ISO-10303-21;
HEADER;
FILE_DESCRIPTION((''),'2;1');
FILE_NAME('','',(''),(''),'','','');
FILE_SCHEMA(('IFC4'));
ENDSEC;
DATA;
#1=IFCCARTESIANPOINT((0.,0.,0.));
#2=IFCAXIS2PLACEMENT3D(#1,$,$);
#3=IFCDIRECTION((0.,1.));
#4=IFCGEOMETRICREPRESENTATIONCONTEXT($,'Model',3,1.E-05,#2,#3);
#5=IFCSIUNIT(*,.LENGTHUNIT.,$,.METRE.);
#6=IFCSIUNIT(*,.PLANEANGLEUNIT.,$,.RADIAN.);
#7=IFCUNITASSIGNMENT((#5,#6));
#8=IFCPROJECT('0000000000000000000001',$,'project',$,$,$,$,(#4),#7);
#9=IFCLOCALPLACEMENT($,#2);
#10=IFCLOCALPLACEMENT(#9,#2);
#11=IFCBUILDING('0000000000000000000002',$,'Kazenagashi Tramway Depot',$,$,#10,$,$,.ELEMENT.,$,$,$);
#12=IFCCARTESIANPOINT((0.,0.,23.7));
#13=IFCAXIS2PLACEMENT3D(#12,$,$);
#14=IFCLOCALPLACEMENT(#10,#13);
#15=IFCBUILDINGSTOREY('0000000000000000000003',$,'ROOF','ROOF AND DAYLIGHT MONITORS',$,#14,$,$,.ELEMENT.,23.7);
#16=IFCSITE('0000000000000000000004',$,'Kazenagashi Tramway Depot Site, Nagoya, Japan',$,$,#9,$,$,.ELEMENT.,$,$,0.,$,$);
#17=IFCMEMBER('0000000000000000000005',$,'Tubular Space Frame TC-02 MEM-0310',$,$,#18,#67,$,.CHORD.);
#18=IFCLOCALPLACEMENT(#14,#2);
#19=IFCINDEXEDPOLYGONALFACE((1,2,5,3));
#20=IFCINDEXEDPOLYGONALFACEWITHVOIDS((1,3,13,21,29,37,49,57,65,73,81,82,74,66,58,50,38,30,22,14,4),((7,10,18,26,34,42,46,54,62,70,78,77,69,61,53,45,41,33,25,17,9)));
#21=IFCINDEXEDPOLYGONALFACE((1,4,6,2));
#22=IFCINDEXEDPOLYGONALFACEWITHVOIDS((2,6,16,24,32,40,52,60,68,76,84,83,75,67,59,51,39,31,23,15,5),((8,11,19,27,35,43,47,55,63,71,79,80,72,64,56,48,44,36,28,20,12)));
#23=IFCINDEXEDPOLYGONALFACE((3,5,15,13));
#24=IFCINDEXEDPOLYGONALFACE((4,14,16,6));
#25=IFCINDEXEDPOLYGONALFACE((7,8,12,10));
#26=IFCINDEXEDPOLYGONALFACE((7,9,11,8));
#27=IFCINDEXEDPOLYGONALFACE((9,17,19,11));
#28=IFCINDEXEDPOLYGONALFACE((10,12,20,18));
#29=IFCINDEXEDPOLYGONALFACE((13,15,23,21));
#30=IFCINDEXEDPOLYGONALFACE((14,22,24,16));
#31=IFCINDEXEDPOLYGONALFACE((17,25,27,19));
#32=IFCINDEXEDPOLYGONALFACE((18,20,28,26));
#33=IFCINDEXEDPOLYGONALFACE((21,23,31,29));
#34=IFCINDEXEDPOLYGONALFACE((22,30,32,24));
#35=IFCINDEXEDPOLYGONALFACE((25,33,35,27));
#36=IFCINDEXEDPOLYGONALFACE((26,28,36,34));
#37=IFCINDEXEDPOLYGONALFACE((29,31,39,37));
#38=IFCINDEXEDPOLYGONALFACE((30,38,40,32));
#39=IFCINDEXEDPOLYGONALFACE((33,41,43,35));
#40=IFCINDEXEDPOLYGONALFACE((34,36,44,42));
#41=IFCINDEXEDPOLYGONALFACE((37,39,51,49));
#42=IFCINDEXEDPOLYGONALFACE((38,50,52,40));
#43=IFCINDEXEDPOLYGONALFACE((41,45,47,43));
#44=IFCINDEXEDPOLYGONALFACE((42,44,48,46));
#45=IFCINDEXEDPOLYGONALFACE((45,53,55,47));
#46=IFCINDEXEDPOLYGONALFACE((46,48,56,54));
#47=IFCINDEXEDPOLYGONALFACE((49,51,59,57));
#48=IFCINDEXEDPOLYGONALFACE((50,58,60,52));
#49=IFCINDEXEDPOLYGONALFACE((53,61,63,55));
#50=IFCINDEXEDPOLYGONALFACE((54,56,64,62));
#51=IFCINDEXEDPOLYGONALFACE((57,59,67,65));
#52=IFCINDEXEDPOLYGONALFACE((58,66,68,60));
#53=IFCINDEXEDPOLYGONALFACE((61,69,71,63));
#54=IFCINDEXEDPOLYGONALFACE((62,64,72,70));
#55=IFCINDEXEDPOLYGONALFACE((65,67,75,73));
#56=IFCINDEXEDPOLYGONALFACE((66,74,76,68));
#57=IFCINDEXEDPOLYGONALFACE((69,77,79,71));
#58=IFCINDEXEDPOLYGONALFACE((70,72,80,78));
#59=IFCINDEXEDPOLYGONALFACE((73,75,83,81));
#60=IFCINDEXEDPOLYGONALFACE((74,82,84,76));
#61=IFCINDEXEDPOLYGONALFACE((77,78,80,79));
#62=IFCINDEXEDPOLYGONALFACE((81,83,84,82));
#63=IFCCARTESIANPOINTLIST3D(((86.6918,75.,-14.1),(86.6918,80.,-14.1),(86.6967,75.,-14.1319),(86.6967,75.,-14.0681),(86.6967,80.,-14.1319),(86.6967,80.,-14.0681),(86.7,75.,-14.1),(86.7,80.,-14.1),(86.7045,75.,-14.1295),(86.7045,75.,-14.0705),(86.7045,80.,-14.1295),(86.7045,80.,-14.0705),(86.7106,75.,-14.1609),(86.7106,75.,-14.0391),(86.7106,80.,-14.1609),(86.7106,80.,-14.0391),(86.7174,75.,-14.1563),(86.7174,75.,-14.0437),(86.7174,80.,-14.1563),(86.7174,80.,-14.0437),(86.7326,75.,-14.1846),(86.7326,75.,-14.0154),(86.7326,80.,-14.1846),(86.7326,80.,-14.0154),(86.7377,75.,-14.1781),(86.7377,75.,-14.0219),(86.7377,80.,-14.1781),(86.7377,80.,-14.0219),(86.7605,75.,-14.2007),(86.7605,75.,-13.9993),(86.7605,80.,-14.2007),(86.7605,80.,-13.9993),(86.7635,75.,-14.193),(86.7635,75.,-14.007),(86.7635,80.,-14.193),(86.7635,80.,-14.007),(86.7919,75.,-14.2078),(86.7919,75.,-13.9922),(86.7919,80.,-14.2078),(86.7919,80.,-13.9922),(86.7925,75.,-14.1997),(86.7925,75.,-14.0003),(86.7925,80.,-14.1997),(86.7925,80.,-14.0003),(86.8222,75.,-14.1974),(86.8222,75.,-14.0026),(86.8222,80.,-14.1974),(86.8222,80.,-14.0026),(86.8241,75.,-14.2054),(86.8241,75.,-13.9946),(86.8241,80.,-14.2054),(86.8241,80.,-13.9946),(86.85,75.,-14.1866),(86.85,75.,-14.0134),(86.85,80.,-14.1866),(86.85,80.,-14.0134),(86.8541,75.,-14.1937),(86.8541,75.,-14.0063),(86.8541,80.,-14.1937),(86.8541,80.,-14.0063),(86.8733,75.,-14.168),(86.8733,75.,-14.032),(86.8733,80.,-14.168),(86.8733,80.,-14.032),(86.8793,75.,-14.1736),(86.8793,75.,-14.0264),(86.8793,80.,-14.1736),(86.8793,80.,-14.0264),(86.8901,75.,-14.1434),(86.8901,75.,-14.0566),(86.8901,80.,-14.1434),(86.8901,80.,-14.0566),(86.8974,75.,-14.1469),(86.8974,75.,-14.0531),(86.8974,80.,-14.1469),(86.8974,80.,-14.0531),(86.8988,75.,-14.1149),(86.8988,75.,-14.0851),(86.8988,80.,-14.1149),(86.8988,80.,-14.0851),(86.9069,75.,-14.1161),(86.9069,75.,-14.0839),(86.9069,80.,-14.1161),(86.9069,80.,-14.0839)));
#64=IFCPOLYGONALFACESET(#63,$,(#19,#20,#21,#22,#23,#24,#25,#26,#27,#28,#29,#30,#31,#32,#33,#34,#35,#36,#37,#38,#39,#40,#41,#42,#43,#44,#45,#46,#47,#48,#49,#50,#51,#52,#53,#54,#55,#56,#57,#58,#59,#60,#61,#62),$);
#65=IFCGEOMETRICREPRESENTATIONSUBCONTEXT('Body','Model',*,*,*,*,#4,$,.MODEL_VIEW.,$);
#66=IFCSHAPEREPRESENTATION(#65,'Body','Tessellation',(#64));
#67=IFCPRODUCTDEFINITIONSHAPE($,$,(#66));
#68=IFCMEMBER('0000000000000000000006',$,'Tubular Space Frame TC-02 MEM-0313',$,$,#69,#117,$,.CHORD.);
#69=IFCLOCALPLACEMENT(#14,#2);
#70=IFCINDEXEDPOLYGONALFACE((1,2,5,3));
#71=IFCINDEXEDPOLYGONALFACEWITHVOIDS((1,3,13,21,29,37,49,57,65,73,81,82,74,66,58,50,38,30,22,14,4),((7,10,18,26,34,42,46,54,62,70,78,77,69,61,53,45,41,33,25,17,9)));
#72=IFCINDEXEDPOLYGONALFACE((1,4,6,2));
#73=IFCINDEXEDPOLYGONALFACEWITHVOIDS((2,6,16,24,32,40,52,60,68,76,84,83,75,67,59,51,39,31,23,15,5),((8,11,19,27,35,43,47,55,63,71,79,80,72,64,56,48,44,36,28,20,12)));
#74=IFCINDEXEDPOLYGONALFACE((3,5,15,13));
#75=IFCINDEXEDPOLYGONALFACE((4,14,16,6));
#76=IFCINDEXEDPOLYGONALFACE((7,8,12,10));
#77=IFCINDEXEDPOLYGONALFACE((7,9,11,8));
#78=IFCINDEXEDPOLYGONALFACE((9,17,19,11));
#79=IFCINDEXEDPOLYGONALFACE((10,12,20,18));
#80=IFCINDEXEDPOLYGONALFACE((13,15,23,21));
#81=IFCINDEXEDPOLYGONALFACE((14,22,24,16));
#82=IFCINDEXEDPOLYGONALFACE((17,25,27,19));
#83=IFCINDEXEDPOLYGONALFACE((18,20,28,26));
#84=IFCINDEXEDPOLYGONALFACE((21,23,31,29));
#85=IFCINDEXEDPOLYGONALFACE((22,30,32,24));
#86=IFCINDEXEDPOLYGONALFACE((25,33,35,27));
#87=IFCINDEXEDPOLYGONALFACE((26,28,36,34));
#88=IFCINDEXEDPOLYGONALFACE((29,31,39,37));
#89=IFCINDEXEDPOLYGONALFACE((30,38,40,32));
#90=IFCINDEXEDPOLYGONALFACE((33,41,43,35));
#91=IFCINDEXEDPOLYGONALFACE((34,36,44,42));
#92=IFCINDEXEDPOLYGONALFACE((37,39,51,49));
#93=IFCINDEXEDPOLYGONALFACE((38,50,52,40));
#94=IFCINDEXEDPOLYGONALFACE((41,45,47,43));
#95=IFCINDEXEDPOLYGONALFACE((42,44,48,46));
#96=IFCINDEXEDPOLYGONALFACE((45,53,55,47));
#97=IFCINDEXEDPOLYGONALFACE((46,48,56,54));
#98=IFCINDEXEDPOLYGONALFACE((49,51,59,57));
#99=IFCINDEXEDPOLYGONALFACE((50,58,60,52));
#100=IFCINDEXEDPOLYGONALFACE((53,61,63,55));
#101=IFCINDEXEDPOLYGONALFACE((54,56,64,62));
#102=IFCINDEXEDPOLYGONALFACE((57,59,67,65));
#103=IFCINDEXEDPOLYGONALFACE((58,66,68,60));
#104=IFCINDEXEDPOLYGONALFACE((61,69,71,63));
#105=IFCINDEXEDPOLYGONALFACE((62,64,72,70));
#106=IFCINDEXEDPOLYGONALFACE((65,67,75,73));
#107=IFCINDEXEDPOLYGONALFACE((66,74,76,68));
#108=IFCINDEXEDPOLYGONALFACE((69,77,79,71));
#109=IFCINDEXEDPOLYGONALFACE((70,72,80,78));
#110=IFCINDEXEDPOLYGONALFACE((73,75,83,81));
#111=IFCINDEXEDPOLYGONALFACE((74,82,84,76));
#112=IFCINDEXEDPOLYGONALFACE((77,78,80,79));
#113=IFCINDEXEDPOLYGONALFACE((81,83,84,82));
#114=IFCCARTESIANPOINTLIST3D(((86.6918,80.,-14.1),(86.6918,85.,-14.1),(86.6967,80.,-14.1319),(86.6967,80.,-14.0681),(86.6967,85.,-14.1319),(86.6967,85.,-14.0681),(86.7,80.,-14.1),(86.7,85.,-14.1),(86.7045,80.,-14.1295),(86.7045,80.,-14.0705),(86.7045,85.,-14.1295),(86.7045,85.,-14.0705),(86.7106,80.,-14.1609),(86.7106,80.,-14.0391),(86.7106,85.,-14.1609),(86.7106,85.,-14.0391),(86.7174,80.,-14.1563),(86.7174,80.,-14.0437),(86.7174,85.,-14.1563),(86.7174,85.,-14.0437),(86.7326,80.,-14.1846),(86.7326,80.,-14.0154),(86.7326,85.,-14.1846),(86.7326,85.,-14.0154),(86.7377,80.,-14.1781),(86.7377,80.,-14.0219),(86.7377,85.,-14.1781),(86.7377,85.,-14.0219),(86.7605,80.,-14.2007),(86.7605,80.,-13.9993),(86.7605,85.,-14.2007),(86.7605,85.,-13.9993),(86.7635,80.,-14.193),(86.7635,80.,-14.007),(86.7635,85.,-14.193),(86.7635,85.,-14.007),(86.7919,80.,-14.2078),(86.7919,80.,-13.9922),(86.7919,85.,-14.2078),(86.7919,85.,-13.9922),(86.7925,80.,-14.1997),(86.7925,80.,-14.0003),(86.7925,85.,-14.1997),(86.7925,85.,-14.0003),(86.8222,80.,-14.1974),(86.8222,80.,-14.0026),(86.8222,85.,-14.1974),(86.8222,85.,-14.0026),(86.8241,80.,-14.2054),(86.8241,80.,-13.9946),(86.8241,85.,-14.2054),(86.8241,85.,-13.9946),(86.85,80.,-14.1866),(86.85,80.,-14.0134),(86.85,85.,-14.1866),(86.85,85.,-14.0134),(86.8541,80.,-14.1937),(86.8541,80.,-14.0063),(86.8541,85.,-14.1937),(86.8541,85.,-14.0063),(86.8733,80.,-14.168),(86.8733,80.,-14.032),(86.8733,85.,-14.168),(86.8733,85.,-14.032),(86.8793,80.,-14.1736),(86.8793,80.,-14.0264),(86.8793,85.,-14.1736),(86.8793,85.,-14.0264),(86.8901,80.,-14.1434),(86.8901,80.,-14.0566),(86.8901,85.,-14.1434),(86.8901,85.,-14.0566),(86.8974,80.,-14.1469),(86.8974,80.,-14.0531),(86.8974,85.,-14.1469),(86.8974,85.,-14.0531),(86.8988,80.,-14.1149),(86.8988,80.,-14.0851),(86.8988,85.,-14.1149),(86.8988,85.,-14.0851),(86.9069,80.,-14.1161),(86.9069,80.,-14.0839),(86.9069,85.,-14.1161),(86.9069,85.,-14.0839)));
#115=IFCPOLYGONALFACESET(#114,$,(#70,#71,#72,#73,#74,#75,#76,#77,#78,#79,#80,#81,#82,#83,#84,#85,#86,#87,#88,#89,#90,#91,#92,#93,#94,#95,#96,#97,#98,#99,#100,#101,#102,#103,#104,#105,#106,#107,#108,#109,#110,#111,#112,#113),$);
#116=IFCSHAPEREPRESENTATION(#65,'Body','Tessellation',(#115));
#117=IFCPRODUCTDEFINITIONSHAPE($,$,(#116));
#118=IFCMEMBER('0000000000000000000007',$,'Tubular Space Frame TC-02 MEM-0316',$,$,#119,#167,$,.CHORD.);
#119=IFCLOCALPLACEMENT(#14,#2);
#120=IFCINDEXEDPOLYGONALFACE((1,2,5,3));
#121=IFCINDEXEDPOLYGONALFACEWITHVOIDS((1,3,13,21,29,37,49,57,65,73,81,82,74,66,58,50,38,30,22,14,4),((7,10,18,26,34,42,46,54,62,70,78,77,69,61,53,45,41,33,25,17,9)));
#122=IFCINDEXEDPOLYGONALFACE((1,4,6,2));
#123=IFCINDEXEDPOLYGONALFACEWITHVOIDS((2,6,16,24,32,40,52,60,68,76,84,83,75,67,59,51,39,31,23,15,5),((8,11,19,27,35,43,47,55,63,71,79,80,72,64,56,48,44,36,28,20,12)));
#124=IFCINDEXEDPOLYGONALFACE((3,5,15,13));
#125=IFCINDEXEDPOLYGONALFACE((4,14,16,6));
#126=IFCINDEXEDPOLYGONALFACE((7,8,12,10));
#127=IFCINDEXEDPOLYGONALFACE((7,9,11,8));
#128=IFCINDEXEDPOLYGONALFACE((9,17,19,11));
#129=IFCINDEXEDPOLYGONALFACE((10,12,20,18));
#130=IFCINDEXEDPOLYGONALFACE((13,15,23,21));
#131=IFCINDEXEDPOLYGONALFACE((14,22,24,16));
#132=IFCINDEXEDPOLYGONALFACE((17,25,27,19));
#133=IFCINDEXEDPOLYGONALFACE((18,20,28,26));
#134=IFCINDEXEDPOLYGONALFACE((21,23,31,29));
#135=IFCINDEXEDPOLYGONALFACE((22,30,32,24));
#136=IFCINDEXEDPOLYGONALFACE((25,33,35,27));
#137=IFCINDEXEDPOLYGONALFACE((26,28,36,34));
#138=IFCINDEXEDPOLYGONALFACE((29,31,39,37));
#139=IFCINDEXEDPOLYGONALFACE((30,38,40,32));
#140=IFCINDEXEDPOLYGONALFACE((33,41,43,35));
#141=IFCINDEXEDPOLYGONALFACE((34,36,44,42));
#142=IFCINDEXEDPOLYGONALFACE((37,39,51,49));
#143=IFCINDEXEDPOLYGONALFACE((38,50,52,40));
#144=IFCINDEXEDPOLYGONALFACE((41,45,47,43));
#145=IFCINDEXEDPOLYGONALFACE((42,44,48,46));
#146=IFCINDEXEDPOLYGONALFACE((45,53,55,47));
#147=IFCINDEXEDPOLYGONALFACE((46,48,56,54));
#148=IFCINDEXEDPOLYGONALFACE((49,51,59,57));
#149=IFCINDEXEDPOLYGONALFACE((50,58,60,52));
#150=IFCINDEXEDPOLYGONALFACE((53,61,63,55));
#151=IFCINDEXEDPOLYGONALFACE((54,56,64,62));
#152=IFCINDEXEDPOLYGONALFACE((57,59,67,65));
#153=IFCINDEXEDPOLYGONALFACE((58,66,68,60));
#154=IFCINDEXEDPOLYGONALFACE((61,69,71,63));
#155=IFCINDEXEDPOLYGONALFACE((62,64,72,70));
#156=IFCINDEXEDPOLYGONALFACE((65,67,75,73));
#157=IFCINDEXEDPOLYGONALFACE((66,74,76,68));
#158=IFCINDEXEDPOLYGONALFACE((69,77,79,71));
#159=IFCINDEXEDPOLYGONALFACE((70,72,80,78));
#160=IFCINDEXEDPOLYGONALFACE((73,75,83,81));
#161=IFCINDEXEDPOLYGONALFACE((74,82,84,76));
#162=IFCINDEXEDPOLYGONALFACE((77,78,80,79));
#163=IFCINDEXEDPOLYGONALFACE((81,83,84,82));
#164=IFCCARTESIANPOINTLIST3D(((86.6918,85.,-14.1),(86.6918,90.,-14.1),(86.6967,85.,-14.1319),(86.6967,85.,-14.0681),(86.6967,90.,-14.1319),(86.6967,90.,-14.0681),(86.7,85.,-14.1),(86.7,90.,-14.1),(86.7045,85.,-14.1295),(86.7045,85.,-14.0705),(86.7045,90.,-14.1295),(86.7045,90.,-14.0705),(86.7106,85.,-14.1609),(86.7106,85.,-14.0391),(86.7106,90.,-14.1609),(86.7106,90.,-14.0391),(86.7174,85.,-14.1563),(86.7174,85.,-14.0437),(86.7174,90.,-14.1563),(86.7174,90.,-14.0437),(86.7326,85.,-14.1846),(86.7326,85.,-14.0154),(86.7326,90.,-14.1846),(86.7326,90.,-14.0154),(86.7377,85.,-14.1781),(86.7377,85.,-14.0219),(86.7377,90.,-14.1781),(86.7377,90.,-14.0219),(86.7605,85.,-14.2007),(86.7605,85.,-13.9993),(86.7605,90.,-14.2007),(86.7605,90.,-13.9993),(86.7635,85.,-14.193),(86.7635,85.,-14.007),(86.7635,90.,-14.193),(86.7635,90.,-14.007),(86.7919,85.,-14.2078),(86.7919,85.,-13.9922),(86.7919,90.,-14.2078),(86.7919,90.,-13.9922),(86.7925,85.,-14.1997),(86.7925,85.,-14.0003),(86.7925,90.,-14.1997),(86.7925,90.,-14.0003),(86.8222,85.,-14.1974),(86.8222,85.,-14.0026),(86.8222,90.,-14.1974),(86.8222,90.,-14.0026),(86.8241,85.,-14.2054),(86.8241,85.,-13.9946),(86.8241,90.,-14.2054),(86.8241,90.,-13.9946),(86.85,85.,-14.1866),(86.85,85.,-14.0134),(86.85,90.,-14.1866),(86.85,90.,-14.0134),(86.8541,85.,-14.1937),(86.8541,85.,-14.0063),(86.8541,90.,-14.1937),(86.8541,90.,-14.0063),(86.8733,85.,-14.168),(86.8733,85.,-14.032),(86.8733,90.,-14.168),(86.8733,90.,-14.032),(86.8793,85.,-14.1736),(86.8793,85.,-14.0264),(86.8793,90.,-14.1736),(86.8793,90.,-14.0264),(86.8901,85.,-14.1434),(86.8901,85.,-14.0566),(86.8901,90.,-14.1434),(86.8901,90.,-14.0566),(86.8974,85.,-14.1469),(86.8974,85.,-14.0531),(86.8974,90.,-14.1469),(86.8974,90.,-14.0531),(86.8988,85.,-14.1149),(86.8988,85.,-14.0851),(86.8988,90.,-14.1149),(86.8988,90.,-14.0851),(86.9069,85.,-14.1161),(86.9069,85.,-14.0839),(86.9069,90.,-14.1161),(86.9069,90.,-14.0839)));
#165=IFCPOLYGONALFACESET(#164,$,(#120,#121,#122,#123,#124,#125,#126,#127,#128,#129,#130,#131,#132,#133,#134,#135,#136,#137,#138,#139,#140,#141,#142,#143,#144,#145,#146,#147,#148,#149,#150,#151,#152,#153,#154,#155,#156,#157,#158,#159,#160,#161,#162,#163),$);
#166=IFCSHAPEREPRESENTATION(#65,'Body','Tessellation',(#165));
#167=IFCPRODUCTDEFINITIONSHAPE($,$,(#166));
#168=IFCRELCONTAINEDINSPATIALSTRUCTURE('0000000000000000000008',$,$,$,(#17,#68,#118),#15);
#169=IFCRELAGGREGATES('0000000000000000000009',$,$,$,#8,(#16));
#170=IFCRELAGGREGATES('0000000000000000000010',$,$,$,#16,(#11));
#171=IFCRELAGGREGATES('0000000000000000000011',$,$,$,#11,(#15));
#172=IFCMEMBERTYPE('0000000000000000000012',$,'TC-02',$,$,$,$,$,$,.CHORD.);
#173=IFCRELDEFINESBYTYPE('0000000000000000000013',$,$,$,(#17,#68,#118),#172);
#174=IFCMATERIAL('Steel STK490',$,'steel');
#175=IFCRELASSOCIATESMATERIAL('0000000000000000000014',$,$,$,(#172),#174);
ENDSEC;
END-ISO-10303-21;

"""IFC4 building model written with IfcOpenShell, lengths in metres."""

from ifc_helpers import new_model, si_unit, direction, frame, origin, origin_2d, place, context, subcontext, project, spatial, hollow_circle, extrude, material, material_profile, profile_set, type_object, element, save


model = new_model("IFC4")

# Units and contexts
model_context = context("Model", 3, precision=1e-05, world=origin(), true_north=direction((0.0, 1.0)))
body_context = subcontext(model_context, "Body", "Model", "MODEL_VIEW")
ifc_project = project(units=[si_unit("LENGTHUNIT", "METRE"), si_unit("PLANEANGLEUNIT", "RADIAN")], contexts=[model_context])

# Site, building, storey
site_placement = place(None, origin())
site = spatial("IfcSite", under=ifc_project, at=site_placement, Name="Kazenagashi Tramway Depot Site, Nagoya, Japan", CompositionType="ELEMENT", RefElevation=0.0)
building_placement = place(site_placement, origin())
building = spatial("IfcBuilding", under=site, at=building_placement, Name="Kazenagashi Tramway Depot", CompositionType="ELEMENT")
storey_placement = place(building_placement, frame((0.0, 0.0, 23.7)))
storey = spatial("IfcBuildingStorey", under=building, at=storey_placement, Name="ROOF", Description="ROOF AND DAYLIGHT MONITORS", CompositionType="ELEMENT", Elevation=23.7)

# Members
ifc_material_1 = material(Name="Steel STK490", Category="steel")
ifc_material_profile_1 = material_profile(ifc_material_1, hollow_circle(Radius=0.1081, WallThickness=0.0082, at=origin_2d()), Name="CHS-216.3x8.2")
ifc_profile_set_1 = profile_set([ifc_material_profile_1], Name="Steel STK490")
member_type_1 = type_object("IfcMemberType", Name="TC-02", PredefinedType="CHORD", material=ifc_profile_set_1)
for number, where, z_axis, x_axis, name in (
    (1, (86.8, 75.0, -14.1), (0.0, 1.0, 0.0), (-1.0, 0.0, 0.0), "Tubular Space Frame TC-02 MEM-0310"),
    (2, (86.8, 80.0, -14.1), (0.0, 1.0, 0.0), (-1.0, 0.0, 0.0), "Tubular Space Frame TC-02 MEM-0313"),
    (3, (86.8, 85.0, -14.1), (0.0, 1.0, 0.0), (-1.0, 0.0, 0.0), "Tubular Space Frame TC-02 MEM-0316"),
):
    element("IfcMember", number, at=place(storey_placement, frame(where, z_axis=z_axis, x_axis=x_axis)), inside=storey, type_object=member_type_1, Name=name, PredefinedType="CHORD", context=body_context, shape_type="SweptSolid", body=[
        extrude(hollow_circle(Radius=0.1081, WallThickness=0.0082, at=origin_2d()), origin(), (0.0, 0.0, 1.0), 5.0),
    ])

save(model, "model.ifc")
